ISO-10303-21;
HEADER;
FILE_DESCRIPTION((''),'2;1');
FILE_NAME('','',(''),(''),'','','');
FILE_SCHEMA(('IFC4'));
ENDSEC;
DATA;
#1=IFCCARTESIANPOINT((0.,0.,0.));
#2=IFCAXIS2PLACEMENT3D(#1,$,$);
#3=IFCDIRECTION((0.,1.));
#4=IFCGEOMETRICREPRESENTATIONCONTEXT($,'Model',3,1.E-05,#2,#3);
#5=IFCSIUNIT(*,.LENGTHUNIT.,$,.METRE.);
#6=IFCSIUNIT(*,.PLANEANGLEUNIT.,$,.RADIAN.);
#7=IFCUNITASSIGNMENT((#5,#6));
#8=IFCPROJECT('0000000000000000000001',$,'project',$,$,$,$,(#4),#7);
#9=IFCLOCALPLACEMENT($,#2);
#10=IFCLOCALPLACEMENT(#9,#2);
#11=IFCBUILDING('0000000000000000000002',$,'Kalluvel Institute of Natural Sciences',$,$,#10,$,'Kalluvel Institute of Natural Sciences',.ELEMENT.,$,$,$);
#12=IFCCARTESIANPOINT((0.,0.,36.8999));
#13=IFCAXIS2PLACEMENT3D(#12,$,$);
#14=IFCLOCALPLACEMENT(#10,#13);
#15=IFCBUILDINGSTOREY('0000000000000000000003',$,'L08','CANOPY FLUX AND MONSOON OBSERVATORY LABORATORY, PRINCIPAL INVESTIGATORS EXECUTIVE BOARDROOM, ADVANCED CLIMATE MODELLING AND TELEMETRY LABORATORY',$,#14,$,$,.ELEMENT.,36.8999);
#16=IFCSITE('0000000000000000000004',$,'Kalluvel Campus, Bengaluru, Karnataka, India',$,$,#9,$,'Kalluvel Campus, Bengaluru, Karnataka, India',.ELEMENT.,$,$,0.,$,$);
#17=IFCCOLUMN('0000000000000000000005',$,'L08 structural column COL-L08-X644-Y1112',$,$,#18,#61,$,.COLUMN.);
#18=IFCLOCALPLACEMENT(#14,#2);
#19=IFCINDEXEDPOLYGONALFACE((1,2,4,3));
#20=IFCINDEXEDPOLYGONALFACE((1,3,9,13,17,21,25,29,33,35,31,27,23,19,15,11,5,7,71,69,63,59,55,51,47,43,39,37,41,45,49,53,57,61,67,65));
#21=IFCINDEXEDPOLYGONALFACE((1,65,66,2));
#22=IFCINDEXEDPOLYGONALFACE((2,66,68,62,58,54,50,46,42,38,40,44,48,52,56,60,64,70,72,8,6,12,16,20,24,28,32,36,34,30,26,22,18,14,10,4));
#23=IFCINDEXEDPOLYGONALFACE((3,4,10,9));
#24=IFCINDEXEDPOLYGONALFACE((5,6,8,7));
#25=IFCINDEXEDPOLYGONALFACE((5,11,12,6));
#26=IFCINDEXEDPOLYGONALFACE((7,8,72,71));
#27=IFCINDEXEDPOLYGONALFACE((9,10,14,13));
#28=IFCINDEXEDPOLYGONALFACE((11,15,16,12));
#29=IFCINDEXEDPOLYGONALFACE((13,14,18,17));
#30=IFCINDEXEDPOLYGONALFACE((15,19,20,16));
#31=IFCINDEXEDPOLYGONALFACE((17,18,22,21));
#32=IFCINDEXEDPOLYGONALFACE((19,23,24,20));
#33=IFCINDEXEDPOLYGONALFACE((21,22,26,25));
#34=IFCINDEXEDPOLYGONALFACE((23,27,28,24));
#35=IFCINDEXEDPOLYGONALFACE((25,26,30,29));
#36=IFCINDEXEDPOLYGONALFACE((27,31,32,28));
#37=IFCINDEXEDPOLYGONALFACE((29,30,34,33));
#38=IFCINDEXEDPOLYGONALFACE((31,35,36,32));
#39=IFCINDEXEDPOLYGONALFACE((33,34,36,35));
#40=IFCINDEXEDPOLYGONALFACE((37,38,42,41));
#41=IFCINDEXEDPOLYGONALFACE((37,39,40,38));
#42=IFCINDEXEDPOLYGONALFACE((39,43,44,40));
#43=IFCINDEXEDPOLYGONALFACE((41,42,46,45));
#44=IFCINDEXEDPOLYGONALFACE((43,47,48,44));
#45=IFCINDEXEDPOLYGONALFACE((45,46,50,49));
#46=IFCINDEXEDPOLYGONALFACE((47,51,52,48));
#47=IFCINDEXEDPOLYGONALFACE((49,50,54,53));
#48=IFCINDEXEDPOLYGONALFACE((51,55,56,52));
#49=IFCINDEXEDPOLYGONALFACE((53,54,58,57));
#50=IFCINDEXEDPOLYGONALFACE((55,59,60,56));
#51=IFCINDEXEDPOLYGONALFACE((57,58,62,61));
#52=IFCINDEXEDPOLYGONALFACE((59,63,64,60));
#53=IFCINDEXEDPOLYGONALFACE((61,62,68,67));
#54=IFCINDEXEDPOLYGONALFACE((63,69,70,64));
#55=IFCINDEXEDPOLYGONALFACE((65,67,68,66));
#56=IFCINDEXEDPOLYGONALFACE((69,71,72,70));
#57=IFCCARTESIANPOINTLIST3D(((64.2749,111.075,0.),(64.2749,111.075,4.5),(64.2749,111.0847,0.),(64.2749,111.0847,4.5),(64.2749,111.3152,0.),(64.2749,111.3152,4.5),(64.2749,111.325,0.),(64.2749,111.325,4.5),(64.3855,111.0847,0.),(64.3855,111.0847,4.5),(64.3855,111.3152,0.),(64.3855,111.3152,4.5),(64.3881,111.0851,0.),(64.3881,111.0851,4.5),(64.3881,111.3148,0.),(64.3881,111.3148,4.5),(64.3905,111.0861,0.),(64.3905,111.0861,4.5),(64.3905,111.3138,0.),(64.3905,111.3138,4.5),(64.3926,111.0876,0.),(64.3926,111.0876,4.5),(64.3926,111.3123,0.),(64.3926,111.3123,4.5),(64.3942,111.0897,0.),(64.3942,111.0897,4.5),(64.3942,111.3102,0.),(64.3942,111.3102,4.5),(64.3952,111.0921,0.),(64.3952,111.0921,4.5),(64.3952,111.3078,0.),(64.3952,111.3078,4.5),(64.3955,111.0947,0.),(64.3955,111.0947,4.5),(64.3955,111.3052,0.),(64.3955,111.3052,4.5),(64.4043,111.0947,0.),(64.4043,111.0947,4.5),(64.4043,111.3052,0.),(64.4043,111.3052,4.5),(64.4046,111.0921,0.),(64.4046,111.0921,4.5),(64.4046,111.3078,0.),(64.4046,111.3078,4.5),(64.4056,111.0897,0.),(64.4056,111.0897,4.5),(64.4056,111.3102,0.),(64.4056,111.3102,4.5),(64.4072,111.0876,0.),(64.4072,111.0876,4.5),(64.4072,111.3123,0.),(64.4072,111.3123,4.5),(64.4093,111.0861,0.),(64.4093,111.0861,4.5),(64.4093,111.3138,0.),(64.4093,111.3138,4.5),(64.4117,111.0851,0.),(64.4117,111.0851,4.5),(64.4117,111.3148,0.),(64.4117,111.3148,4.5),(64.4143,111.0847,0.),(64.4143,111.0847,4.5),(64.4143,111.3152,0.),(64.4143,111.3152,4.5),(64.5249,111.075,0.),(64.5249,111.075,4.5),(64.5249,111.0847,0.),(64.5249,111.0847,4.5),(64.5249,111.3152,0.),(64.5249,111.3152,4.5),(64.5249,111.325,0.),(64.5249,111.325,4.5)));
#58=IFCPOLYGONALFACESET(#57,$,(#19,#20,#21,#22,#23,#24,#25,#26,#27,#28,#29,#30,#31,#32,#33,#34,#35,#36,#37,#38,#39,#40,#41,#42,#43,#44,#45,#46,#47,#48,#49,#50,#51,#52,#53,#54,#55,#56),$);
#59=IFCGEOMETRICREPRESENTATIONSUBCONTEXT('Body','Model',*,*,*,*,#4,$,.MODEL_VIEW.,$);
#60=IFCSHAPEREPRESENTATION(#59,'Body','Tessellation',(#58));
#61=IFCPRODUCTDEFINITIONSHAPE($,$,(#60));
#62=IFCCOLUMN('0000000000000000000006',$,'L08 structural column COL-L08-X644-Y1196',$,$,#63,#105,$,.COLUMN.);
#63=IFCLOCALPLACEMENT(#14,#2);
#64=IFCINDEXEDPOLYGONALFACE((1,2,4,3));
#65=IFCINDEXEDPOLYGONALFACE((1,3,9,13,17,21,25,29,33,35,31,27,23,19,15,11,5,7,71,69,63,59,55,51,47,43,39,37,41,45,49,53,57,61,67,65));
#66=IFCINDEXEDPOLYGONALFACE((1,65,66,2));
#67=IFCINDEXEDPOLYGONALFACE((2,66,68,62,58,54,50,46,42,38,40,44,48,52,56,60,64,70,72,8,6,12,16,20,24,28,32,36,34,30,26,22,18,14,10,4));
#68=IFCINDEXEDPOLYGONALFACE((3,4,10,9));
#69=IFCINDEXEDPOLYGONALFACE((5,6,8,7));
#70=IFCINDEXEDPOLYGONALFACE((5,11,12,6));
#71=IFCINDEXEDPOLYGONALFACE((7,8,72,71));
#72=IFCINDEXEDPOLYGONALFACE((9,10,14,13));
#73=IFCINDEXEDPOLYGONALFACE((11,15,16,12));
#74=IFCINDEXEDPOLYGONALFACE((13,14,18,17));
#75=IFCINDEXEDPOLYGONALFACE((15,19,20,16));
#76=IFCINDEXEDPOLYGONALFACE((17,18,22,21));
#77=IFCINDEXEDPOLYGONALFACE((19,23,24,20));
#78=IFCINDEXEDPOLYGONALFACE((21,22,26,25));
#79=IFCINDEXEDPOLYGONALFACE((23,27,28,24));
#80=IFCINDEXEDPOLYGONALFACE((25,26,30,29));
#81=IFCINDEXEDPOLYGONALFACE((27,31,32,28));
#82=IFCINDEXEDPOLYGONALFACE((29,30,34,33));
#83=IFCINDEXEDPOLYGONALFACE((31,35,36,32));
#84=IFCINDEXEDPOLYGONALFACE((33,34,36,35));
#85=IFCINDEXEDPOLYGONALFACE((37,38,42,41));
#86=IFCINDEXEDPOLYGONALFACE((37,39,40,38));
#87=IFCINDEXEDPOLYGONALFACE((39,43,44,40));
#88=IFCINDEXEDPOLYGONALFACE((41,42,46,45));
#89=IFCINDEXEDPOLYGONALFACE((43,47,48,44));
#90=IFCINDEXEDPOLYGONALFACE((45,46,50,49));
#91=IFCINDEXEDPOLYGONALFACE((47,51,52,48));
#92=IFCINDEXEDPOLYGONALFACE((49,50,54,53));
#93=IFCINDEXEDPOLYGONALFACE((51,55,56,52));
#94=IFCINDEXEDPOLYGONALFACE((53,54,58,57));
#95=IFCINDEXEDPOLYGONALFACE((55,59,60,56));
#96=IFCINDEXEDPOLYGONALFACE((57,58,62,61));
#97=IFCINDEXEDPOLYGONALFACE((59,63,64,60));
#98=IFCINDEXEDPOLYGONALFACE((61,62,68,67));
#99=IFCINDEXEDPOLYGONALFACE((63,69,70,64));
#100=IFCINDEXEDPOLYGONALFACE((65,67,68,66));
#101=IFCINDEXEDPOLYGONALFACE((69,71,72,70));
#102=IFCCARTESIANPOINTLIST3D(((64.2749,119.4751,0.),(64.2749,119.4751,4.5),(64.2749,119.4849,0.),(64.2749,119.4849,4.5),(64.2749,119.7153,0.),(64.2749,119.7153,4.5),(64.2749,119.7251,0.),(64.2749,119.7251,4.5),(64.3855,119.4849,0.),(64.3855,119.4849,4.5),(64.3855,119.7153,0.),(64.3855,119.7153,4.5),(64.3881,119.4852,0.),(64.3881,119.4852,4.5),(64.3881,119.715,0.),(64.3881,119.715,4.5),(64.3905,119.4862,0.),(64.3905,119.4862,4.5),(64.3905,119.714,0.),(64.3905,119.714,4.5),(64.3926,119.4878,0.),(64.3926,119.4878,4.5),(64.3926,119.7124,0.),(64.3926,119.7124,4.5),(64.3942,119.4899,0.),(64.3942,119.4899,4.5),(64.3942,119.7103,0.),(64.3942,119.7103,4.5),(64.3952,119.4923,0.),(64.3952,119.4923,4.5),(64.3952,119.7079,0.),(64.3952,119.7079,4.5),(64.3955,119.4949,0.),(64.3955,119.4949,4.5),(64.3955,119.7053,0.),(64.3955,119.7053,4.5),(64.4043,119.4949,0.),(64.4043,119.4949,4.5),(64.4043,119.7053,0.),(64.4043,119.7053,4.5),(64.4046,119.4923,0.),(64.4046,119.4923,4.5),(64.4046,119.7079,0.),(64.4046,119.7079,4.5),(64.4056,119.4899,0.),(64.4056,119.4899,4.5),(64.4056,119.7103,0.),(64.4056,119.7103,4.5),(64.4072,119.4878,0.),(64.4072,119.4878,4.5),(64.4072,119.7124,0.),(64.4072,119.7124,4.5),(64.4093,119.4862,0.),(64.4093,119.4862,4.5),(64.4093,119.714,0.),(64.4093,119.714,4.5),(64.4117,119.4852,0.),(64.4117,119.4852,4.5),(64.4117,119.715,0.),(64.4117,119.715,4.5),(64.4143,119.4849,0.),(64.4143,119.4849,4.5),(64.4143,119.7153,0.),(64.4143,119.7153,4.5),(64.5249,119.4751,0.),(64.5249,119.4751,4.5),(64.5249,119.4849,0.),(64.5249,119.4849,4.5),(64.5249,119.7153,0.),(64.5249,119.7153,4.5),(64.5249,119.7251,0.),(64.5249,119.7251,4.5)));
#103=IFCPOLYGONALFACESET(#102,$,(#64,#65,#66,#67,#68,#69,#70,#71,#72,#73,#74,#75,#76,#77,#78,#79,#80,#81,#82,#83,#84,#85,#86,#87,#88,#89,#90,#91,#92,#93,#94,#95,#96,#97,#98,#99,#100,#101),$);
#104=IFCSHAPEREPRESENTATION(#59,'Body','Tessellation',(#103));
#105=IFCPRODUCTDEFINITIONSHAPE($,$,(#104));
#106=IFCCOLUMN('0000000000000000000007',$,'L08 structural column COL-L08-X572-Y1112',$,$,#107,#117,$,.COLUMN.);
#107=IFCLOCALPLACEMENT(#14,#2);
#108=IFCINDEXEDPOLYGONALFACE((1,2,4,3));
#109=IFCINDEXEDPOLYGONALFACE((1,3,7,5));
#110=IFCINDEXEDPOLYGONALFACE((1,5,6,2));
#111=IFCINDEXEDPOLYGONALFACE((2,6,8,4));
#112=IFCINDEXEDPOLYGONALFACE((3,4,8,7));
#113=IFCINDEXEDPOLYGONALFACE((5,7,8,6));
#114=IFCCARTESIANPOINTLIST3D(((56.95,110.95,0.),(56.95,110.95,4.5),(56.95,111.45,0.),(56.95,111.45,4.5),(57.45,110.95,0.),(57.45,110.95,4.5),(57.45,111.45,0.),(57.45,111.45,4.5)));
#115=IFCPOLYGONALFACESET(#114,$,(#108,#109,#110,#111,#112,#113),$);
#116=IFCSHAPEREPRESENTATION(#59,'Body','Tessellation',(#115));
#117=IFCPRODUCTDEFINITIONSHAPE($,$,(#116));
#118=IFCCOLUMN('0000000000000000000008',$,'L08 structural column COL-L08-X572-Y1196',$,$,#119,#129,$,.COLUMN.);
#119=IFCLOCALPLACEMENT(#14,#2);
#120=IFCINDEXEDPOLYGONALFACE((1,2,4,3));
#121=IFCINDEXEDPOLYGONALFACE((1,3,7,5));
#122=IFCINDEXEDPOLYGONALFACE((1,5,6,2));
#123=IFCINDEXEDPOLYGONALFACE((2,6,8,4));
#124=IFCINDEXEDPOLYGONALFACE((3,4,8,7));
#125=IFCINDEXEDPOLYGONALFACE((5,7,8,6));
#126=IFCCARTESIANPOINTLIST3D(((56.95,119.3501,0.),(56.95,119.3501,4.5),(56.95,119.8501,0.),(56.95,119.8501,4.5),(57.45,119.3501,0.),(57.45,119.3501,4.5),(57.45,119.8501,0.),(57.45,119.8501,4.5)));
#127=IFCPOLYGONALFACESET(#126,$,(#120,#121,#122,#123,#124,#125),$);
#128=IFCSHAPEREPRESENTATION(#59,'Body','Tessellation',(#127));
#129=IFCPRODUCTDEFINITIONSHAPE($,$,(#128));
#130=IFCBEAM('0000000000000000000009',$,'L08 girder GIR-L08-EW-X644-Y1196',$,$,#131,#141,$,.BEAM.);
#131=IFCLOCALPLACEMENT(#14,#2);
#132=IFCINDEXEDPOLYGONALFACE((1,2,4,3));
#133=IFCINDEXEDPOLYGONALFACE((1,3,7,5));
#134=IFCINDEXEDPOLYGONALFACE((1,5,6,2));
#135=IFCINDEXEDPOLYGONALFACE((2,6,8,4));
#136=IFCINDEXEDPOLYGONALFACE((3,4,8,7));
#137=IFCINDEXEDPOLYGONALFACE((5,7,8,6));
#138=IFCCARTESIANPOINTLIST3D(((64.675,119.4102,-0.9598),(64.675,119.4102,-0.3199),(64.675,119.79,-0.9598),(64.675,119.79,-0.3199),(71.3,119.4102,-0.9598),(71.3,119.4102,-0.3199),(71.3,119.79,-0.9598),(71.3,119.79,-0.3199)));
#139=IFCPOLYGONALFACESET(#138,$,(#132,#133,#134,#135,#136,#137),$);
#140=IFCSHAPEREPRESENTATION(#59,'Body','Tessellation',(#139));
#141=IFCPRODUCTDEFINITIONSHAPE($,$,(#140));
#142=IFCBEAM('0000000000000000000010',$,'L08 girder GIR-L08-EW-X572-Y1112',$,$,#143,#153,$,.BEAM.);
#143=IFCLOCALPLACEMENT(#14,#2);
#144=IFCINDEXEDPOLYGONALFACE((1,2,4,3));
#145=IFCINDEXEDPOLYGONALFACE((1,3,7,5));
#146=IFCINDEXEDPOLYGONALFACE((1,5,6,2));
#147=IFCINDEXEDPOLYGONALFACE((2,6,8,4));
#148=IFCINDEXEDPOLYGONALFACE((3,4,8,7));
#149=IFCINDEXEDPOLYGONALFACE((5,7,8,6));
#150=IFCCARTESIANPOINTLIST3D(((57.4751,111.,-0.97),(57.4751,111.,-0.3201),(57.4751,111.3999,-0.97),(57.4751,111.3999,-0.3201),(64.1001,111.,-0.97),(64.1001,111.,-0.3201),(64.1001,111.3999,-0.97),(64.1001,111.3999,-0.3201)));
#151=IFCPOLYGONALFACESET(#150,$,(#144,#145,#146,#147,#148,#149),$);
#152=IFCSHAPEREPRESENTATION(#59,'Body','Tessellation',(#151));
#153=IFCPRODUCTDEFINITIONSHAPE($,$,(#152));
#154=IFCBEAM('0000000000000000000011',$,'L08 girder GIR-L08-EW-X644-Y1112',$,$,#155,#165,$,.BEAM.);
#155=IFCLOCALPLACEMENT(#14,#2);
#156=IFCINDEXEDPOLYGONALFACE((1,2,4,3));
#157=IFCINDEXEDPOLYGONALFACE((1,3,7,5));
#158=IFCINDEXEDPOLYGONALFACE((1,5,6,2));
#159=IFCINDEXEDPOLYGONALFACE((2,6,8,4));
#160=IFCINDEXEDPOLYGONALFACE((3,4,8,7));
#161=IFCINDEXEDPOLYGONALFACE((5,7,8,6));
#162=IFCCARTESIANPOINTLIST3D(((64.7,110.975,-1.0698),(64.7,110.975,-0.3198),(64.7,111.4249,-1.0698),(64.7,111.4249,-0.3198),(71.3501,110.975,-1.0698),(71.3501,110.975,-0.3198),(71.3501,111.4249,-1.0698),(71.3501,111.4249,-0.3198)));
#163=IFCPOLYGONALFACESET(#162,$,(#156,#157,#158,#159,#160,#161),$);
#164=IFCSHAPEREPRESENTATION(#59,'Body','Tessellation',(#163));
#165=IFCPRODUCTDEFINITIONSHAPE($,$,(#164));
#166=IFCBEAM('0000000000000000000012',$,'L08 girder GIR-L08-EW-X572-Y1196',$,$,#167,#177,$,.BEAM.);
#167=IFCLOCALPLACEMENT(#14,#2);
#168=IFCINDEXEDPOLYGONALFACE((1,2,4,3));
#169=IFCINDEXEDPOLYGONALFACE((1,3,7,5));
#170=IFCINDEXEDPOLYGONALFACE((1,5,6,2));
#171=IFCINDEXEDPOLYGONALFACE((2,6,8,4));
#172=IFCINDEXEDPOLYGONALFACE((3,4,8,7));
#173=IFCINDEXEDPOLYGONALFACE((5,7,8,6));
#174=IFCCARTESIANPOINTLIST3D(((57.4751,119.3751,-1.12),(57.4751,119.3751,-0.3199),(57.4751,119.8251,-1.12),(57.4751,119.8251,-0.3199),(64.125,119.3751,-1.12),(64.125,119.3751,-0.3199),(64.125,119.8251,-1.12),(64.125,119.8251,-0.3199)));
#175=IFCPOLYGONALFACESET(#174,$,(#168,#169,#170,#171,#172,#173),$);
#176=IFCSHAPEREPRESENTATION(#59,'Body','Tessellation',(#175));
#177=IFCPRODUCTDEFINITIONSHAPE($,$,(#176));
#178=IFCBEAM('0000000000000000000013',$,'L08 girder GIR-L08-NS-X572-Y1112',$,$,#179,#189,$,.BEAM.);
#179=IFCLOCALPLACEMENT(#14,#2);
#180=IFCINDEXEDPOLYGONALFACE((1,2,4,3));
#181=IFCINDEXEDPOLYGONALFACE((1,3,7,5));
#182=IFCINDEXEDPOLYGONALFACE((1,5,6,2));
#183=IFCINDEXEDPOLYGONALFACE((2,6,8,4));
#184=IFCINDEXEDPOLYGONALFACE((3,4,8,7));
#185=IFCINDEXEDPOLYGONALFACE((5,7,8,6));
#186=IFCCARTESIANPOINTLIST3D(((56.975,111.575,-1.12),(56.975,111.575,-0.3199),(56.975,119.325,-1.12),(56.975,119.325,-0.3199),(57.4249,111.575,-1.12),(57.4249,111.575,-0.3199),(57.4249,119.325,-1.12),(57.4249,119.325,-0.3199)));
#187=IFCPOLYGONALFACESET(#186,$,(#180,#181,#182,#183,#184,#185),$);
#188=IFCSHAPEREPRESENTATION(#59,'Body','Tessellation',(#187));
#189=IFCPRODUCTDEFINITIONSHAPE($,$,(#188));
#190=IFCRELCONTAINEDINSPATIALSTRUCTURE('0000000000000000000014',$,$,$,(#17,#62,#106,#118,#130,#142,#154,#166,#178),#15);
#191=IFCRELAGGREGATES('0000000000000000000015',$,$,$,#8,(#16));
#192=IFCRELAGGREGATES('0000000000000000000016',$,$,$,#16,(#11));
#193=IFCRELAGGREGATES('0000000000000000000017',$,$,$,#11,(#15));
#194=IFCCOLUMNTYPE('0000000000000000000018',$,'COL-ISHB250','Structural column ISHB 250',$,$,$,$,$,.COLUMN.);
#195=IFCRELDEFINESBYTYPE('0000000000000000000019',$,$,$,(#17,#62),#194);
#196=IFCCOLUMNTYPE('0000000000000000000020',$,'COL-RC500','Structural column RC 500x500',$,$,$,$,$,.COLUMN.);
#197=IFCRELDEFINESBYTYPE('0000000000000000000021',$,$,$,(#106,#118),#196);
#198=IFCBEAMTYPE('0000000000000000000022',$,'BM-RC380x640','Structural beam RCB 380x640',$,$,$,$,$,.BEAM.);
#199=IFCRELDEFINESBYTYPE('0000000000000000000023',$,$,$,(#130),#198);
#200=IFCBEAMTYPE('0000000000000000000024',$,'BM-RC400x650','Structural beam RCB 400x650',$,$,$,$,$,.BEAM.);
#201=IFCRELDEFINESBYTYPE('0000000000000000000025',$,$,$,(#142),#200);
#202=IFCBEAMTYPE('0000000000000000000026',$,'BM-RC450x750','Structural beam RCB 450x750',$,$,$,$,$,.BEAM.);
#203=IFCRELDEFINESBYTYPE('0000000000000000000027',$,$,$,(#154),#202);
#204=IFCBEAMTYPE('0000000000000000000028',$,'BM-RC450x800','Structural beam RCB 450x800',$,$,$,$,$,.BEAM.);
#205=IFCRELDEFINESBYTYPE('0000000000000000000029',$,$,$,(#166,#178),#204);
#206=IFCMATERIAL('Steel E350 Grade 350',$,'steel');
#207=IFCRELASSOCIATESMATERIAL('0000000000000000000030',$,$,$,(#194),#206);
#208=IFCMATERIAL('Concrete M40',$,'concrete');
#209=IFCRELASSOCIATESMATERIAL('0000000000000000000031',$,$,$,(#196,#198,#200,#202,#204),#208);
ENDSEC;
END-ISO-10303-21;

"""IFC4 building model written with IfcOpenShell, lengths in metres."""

from ifc_helpers import new_model, si_unit, direction, frame, origin, origin_2d, place, context, subcontext, project, spatial, rectangle, i_section, extrude, material, material_profile, profile_set, type_object, element, save


model = new_model("IFC4")

# Units and contexts
model_context = context("Model", 3, precision=1e-05, world=origin(), true_north=direction((0.0, 1.0)))
body_context = subcontext(model_context, "Body", "Model", "MODEL_VIEW")
ifc_project = project(units=[si_unit("LENGTHUNIT", "METRE"), si_unit("PLANEANGLEUNIT", "RADIAN")], contexts=[model_context])

# Site, building, storey
site_placement = place(None, origin())
site = spatial("IfcSite", under=ifc_project, at=site_placement, Name="Kalluvel Campus, Bengaluru, Karnataka, India", LongName="Kalluvel Campus, Bengaluru, Karnataka, India", CompositionType="ELEMENT", RefElevation=0.0)
building_placement = place(site_placement, origin())
building = spatial("IfcBuilding", under=site, at=building_placement, Name="Kalluvel Institute of Natural Sciences", LongName="Kalluvel Institute of Natural Sciences", CompositionType="ELEMENT")
storey_placement = place(building_placement, frame((0.0, 0.0, 36.8999)))
storey = spatial("IfcBuildingStorey", under=building, at=storey_placement, Name="L08", Description="CANOPY FLUX AND MONSOON OBSERVATORY LABORATORY, PRINCIPAL INVESTIGATORS EXECUTIVE BOARDROOM, ADVANCED CLIMATE MODELLING AND TELEMETRY LABORATORY", CompositionType="ELEMENT", Elevation=36.8999)

# Columns
ifc_material_1 = material(Name="Steel E350 Grade 350", Category="steel")
ifc_material_profile_1 = material_profile(ifc_material_1, i_section(OverallWidth=0.25, OverallDepth=0.25, WebThickness=0.0088, FlangeThickness=0.0098, FilletRadius=0.01, at=origin_2d()), Name="ISHB 250")
ifc_profile_set_1 = profile_set([ifc_material_profile_1], Name="Steel E350 Grade 350")
column_type_1 = type_object("IfcColumnType", Name="COL-ISHB250", Description="Structural column ISHB 250", PredefinedType="COLUMN", material=ifc_profile_set_1)
for number, where, z_axis, x_axis, name in (
    (1, (64.3999, 111.2, 0.0), (0.0, 0.0, 1.0), (1.0, 0.0, 0.0), "L08 structural column COL-L08-X644-Y1112"),
    (2, (64.3999, 119.6001, 0.0), (0.0, 0.0, 1.0), (1.0, 0.0, 0.0), "L08 structural column COL-L08-X644-Y1196"),
):
    element("IfcColumn", number, at=place(storey_placement, frame(where, z_axis=z_axis, x_axis=x_axis)), inside=storey, type_object=column_type_1, Name=name, PredefinedType="COLUMN", context=body_context, shape_type="SweptSolid", body=[
        extrude(i_section(OverallWidth=0.25, OverallDepth=0.25, WebThickness=0.0088, FlangeThickness=0.0098, FilletRadius=0.01, at=origin_2d()), origin(), (0.0, 0.0, 1.0), 4.5),
    ])
ifc_material_2 = material(Name="Concrete M40", Category="concrete")
ifc_material_profile_2 = material_profile(ifc_material_2, rectangle(XDim=0.5, YDim=0.5, at=origin_2d()), Name="RC 500x500")
ifc_profile_set_2 = profile_set([ifc_material_profile_2], Name="Concrete M40")
column_type_2 = type_object("IfcColumnType", Name="COL-RC500", Description="Structural column RC 500x500", PredefinedType="COLUMN", material=ifc_profile_set_2)
for number, where, z_axis, x_axis, name in (
    (3, (57.2, 111.2, 0.0), (0.0, 0.0, 1.0), (1.0, 0.0, 0.0), "L08 structural column COL-L08-X572-Y1112"),
    (4, (57.2, 119.6001, 0.0), (0.0, 0.0, 1.0), (1.0, 0.0, 0.0), "L08 structural column COL-L08-X572-Y1196"),
):
    element("IfcColumn", number, at=place(storey_placement, frame(where, z_axis=z_axis, x_axis=x_axis)), inside=storey, type_object=column_type_2, Name=name, PredefinedType="COLUMN", context=body_context, shape_type="SweptSolid", body=[
        extrude(rectangle(XDim=0.5, YDim=0.5, at=origin_2d()), origin(), (0.0, 0.0, 1.0), 4.5),
    ])

# Beams
ifc_material_profile_3 = material_profile(ifc_material_2, rectangle(XDim=0.3799, YDim=0.6399, at=origin_2d()), Name="RCB 380x640")
ifc_profile_set_3 = profile_set([ifc_material_profile_3], Name="Concrete M40")
beam_type_1 = type_object("IfcBeamType", Name="BM-RC380x640", Description="Structural beam RCB 380x640", PredefinedType="BEAM", material=ifc_profile_set_3)
beam_1_placement = place(storey_placement, frame((64.675, 119.6001, -0.6399), z_axis=(1.0, 0.0, 0.0), x_axis=(0.0, 1.0, 0.0)))
element("IfcBeam", 5, at=beam_1_placement, inside=storey, type_object=beam_type_1, Name="L08 girder GIR-L08-EW-X644-Y1196", PredefinedType="BEAM", context=body_context, shape_type="SweptSolid", body=[
    extrude(rectangle(XDim=0.3799, YDim=0.6399, at=origin_2d()), origin(), (0.0, 0.0, 1.0), 6.625),
])
ifc_material_profile_4 = material_profile(ifc_material_2, rectangle(XDim=0.3999, YDim=0.6499, at=origin_2d()), Name="RCB 400x650")
ifc_profile_set_4 = profile_set([ifc_material_profile_4], Name="Concrete M40")
beam_type_2 = type_object("IfcBeamType", Name="BM-RC400x650", Description="Structural beam RCB 400x650", PredefinedType="BEAM", material=ifc_profile_set_4)
beam_2_placement = place(storey_placement, frame((57.4751, 111.2, -0.645), z_axis=(1.0, 0.0, 0.0), x_axis=(0.0, 1.0, 0.0)))
element("IfcBeam", 6, at=beam_2_placement, inside=storey, type_object=beam_type_2, Name="L08 girder GIR-L08-EW-X572-Y1112", PredefinedType="BEAM", context=body_context, shape_type="SweptSolid", body=[
    extrude(rectangle(XDim=0.3999, YDim=0.6499, at=origin_2d()), origin(), (0.0, 0.0, 1.0), 6.625),
])
ifc_material_profile_5 = material_profile(ifc_material_2, rectangle(XDim=0.45, YDim=0.75, at=origin_2d()), Name="RCB 450x750")
ifc_profile_set_5 = profile_set([ifc_material_profile_5], Name="Concrete M40")
beam_type_3 = type_object("IfcBeamType", Name="BM-RC450x750", Description="Structural beam RCB 450x750", PredefinedType="BEAM", material=ifc_profile_set_5)
beam_3_placement = place(storey_placement, frame((64.7, 111.2, -0.6948), z_axis=(1.0, 0.0, 0.0), x_axis=(0.0, 1.0, 0.0)))
element("IfcBeam", 7, at=beam_3_placement, inside=storey, type_object=beam_type_3, Name="L08 girder GIR-L08-EW-X644-Y1112", PredefinedType="BEAM", context=body_context, shape_type="SweptSolid", body=[
    extrude(rectangle(XDim=0.45, YDim=0.75, at=origin_2d()), origin(), (0.0, 0.0, 1.0), 6.6501),
])
ifc_material_profile_6 = material_profile(ifc_material_2, rectangle(XDim=0.45, YDim=0.8, at=origin_2d()), Name="RCB 450x800")
ifc_profile_set_6 = profile_set([ifc_material_profile_6], Name="Concrete M40")
beam_type_4 = type_object("IfcBeamType", Name="BM-RC450x800", Description="Structural beam RCB 450x800", PredefinedType="BEAM", material=ifc_profile_set_6)
beam_4_placement = place(storey_placement, frame((57.4751, 119.6001, -0.72), z_axis=(1.0, 0.0, 0.0), x_axis=(0.0, 1.0, 0.0)))
element("IfcBeam", 8, at=beam_4_placement, inside=storey, type_object=beam_type_4, Name="L08 girder GIR-L08-EW-X572-Y1196", PredefinedType="BEAM", context=body_context, shape_type="SweptSolid", body=[
    extrude(rectangle(XDim=0.45, YDim=0.8, at=origin_2d()), origin(), (0.0, 0.0, 1.0), 6.6499),
])
beam_5_placement = place(storey_placement, frame((57.2, 111.575, -0.72), z_axis=(0.0, 1.0, 0.0), x_axis=(-1.0, 0.0, 0.0)))
element("IfcBeam", 9, at=beam_5_placement, inside=storey, type_object=beam_type_4, Name="L08 girder GIR-L08-NS-X572-Y1112", PredefinedType="BEAM", context=body_context, shape_type="SweptSolid", body=[
    extrude(rectangle(XDim=0.45, YDim=0.8, at=origin_2d()), origin(), (0.0, 0.0, 1.0), 7.75),
])

save(model, "model.ifc")
